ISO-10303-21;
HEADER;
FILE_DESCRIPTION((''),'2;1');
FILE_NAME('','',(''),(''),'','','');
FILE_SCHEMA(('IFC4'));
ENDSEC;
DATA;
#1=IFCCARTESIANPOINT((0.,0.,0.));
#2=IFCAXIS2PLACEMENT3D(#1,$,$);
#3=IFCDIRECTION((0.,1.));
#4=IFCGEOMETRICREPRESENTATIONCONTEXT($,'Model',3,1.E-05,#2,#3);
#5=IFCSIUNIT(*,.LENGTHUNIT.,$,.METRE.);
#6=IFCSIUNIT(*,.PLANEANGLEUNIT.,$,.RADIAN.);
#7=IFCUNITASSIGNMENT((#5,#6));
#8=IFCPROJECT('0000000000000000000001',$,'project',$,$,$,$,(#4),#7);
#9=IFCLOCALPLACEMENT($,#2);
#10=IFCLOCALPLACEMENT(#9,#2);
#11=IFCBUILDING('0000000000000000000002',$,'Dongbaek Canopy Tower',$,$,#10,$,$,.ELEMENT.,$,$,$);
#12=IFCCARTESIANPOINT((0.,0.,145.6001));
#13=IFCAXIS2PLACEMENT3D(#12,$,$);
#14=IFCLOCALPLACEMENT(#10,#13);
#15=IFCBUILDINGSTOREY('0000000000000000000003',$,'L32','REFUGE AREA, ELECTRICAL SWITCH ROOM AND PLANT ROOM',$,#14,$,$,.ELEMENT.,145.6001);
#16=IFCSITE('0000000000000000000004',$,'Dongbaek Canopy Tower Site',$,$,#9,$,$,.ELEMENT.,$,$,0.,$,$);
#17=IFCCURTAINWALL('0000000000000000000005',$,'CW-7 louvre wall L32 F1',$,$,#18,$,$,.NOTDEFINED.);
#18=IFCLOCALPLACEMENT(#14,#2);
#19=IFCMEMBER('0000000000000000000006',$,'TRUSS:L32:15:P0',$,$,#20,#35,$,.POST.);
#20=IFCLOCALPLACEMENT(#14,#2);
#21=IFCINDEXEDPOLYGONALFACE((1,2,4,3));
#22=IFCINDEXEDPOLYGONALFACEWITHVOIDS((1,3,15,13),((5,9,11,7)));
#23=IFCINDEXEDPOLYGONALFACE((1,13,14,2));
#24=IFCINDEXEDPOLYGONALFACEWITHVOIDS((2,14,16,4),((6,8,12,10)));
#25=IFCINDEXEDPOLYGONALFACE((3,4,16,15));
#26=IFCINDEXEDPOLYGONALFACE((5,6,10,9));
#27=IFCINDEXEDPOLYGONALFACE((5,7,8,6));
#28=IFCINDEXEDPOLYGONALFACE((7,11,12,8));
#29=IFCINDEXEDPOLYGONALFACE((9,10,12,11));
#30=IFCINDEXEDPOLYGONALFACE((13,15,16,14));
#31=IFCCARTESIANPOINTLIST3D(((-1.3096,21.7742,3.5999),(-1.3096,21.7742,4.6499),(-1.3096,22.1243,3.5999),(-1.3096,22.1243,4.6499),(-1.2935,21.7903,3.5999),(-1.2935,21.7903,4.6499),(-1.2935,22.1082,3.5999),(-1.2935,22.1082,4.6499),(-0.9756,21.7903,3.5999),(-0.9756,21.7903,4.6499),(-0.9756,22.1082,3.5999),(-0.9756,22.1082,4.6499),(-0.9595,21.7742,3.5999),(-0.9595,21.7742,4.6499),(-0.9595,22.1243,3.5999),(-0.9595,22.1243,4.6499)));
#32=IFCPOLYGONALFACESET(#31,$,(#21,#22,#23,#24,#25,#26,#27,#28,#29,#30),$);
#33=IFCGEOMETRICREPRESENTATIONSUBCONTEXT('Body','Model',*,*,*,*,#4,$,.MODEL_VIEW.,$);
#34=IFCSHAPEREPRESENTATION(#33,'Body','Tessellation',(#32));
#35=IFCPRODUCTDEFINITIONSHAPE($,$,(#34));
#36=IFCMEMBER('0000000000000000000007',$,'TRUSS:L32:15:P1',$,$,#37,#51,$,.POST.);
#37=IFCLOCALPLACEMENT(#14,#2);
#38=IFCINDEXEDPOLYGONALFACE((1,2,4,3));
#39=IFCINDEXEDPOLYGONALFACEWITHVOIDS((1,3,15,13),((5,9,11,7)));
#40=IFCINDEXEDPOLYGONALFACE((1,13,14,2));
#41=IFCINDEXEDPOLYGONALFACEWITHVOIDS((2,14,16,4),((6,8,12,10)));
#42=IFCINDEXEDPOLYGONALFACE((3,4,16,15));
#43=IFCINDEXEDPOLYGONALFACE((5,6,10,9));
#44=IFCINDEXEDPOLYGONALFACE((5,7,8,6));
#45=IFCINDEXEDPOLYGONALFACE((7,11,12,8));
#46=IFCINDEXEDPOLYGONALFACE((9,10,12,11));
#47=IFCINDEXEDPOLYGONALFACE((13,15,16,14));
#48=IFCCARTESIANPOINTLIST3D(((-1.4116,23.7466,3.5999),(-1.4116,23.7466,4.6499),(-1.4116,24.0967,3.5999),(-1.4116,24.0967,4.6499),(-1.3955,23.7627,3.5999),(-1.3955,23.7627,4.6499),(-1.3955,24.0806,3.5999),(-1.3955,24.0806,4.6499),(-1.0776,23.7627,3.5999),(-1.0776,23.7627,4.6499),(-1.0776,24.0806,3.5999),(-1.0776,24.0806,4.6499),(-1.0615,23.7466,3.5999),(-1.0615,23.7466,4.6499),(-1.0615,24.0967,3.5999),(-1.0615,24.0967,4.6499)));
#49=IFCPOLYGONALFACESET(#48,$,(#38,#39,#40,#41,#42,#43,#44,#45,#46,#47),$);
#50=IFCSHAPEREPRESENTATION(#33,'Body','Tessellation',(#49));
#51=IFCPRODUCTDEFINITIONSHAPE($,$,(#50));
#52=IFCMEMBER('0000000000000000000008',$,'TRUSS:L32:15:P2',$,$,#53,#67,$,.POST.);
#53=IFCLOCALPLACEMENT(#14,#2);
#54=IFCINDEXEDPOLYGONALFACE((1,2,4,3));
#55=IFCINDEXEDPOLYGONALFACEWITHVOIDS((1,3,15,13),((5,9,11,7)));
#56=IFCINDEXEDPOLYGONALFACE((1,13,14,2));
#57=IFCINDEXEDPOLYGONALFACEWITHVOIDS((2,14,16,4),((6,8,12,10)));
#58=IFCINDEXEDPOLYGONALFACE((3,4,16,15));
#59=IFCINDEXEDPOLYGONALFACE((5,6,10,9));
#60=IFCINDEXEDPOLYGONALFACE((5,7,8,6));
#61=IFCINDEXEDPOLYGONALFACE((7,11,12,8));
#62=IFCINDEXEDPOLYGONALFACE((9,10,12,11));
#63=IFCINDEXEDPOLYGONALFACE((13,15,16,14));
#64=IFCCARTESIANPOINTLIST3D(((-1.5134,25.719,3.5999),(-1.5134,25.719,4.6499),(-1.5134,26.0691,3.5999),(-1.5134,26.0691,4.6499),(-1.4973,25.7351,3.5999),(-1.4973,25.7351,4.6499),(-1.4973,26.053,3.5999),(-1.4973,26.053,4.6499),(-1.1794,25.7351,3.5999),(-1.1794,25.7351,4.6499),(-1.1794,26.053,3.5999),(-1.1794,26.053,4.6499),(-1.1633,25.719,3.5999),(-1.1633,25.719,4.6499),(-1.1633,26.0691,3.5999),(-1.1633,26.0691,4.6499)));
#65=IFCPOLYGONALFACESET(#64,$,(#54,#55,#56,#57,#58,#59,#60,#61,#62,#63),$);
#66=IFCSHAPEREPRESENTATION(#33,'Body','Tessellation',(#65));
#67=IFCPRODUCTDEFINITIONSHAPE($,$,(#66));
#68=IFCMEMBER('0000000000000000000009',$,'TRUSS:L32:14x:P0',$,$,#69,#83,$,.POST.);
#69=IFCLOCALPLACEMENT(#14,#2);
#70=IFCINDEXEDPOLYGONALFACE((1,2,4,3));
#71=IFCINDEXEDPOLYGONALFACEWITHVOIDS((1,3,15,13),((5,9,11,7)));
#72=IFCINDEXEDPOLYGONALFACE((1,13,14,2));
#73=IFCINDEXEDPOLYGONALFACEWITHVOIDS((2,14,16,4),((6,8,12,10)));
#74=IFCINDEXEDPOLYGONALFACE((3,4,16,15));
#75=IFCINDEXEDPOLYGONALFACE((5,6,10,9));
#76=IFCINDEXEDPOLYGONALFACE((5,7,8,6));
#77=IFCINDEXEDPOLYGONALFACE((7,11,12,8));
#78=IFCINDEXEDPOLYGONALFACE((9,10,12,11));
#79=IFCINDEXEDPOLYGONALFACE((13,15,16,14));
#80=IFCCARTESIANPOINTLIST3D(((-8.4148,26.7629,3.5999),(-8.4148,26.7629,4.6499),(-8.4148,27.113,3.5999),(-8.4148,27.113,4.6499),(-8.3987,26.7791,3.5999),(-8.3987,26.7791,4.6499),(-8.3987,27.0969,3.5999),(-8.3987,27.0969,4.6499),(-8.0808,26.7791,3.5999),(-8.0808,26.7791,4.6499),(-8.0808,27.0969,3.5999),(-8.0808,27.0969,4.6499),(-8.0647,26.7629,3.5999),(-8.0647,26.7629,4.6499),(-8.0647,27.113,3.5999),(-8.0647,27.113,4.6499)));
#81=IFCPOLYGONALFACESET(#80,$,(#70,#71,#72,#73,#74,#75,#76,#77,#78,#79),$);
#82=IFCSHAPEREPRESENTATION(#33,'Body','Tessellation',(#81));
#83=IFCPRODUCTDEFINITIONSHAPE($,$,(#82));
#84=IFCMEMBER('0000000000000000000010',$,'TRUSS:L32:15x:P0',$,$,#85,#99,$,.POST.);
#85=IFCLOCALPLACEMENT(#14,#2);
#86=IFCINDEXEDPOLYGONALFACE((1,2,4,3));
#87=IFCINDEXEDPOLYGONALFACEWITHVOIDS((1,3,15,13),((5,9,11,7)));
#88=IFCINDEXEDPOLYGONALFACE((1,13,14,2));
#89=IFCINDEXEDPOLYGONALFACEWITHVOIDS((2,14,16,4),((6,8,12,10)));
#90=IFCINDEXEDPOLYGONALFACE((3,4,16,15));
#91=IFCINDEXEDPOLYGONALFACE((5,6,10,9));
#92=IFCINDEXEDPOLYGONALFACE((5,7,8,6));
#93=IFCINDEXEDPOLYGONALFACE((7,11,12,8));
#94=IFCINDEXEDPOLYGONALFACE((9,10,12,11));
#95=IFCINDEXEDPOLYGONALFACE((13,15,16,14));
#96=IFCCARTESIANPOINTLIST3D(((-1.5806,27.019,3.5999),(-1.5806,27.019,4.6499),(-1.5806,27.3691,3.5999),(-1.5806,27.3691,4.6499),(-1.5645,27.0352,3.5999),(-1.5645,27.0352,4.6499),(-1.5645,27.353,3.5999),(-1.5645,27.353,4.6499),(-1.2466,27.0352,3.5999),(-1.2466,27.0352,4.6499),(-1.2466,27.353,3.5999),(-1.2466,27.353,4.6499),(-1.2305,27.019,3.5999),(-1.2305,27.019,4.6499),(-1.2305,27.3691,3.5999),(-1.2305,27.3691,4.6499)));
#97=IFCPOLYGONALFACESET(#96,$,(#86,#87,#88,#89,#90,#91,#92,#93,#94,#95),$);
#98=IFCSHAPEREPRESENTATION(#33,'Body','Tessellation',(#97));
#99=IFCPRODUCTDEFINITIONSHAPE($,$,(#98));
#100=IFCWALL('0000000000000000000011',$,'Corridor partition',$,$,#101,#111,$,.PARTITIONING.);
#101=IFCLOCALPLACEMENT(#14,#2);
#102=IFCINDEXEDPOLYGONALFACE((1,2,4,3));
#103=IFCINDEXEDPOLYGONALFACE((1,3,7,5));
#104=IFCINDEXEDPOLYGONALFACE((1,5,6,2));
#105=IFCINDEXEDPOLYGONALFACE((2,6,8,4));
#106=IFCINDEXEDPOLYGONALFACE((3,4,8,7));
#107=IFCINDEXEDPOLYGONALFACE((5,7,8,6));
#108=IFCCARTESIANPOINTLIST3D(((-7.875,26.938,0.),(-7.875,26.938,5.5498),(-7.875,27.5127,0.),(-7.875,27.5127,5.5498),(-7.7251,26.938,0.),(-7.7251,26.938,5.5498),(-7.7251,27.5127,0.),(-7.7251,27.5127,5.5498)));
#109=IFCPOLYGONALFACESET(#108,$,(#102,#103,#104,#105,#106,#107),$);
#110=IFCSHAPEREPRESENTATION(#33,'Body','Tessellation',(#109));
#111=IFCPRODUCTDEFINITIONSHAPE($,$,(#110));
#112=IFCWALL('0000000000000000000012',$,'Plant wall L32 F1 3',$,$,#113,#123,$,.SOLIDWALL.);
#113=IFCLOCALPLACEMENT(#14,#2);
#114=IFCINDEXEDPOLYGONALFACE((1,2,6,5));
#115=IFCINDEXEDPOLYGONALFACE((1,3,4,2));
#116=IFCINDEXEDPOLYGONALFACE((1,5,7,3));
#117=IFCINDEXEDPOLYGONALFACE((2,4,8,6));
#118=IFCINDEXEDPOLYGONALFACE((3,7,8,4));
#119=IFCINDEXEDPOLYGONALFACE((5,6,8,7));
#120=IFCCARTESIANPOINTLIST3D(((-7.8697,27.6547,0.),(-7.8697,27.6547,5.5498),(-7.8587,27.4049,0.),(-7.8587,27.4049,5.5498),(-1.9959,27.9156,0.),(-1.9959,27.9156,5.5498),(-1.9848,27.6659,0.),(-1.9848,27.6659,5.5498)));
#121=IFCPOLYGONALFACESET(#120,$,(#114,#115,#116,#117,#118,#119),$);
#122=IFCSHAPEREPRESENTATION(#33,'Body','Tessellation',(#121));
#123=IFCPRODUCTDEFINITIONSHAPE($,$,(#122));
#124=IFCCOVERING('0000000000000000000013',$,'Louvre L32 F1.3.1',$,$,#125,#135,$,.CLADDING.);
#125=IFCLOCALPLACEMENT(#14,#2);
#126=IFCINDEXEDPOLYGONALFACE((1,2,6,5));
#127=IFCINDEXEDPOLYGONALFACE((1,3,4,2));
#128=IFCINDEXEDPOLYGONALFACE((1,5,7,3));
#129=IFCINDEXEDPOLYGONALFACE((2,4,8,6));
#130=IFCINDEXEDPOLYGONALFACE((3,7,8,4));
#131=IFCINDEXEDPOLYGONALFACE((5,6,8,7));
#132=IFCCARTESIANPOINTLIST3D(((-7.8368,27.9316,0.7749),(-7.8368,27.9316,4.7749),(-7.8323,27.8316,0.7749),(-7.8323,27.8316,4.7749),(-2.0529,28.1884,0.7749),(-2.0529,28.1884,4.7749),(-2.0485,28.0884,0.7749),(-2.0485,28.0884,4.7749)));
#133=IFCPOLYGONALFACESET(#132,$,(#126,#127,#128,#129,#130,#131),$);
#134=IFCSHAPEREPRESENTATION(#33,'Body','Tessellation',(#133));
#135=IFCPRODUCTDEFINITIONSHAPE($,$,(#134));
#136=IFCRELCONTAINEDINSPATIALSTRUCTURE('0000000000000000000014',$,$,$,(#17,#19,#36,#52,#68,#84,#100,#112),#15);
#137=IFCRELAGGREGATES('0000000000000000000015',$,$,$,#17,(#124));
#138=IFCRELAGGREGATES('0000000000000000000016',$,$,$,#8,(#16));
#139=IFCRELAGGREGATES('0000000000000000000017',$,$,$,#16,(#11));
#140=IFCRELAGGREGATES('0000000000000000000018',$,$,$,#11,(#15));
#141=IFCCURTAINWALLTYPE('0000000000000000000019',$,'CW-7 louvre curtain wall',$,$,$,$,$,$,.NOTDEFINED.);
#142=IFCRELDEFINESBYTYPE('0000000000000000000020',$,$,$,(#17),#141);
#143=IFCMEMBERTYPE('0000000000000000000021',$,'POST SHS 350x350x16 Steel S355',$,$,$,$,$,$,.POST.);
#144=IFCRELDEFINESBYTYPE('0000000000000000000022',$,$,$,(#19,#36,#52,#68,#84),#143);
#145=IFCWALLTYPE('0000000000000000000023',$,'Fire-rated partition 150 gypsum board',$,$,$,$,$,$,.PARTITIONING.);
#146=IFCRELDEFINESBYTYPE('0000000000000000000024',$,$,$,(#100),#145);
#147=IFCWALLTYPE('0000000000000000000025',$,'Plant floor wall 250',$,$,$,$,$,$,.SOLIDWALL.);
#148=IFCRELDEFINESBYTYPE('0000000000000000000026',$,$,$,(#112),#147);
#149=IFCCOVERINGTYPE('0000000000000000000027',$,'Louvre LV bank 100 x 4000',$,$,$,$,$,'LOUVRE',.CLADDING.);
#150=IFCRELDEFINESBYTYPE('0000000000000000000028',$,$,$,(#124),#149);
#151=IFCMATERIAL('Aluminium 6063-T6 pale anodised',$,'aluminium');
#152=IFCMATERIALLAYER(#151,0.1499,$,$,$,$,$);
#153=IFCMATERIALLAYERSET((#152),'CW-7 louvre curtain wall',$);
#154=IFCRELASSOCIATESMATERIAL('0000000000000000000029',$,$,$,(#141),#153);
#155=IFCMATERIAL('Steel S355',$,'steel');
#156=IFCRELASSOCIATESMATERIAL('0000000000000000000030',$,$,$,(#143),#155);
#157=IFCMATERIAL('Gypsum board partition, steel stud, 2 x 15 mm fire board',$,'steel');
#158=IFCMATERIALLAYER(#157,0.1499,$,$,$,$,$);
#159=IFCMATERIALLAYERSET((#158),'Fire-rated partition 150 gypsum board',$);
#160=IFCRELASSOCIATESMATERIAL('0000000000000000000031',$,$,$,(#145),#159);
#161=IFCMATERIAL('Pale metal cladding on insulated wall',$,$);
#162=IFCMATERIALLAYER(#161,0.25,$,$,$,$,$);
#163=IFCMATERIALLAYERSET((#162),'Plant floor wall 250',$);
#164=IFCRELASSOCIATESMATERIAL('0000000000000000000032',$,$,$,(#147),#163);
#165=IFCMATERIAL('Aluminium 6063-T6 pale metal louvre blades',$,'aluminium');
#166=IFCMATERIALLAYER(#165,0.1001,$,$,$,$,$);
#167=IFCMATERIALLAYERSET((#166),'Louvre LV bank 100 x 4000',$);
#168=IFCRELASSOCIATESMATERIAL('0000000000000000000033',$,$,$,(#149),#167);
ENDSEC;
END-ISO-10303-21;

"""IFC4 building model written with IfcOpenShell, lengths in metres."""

from ifc_helpers import new_model, si_unit, direction, frame, frame_2d, origin, origin_2d, place, context, subcontext, project, spatial, rectangle, hollow_rectangle, extrude, material, layer, layer_set, material_profile, profile_set, type_object, element, aggregate, save


model = new_model("IFC4")

# Units and contexts
model_context = context("Model", 3, precision=1e-05, world=origin(), true_north=direction((0.0, 1.0)))
body_context = subcontext(model_context, "Body", "Model", "MODEL_VIEW")
ifc_project = project(units=[si_unit("LENGTHUNIT", "METRE"), si_unit("PLANEANGLEUNIT", "RADIAN")], contexts=[model_context])

# Site, building, storey
site_placement = place(None, origin())
site = spatial("IfcSite", under=ifc_project, at=site_placement, Name="Dongbaek Canopy Tower Site", CompositionType="ELEMENT", RefElevation=0.0)
building_placement = place(site_placement, origin())
building = spatial("IfcBuilding", under=site, at=building_placement, Name="Dongbaek Canopy Tower", CompositionType="ELEMENT")
storey_placement = place(building_placement, frame((0.0, 0.0, 145.6001)))
storey = spatial("IfcBuildingStorey", under=building, at=storey_placement, Name="L32", Description="REFUGE AREA, ELECTRICAL SWITCH ROOM AND PLANT ROOM", CompositionType="ELEMENT", Elevation=145.6001)

# Curtain wall
ifc_material_1 = material(Name="Aluminium 6063-T6 pale anodised", Category="aluminium")
ifc_layer_1 = layer(ifc_material_1, 0.1499)
ifc_layer_set_1 = layer_set([ifc_layer_1], Name="CW-7 louvre curtain wall")
curtain_wall_type = type_object("IfcCurtainWallType", Name="CW-7 louvre curtain wall", PredefinedType="NOTDEFINED", material=ifc_layer_set_1)
curtain_wall_placement = place(storey_placement, origin())
curtain_wall = element("IfcCurtainWall", 1, at=curtain_wall_placement, inside=storey, type_object=curtain_wall_type, Name="CW-7 louvre wall L32 F1", PredefinedType="NOTDEFINED")

# Members
ifc_material_2 = material(Name="Steel S355", Category="steel")
ifc_material_profile_1 = material_profile(ifc_material_2, hollow_rectangle(XDim=0.3501, YDim=0.3501, WallThickness=0.0161, at=origin_2d()), Name="POST SHS 350x350x16 Steel S355")
ifc_profile_set_1 = profile_set([ifc_material_profile_1], Name="Steel S355")
member_type_1 = type_object("IfcMemberType", Name="POST SHS 350x350x16 Steel S355", PredefinedType="POST", material=ifc_profile_set_1)
for number, where, z_axis, x_axis, name in (
    (2, (-1.1345, 21.9492, 3.5999), (0.0, 0.0, 1.0), (1.0, 0.0, 0.0), "TRUSS:L32:15:P0"),
    (3, (-1.2366, 23.9216, 3.5999), (0.0, 0.0, 1.0), (1.0, 0.0, 0.0), "TRUSS:L32:15:P1"),
    (4, (-1.3384, 25.894, 3.5999), (0.0, 0.0, 1.0), (1.0, 0.0, 0.0), "TRUSS:L32:15:P2"),
    (5, (-8.2397, 26.938, 3.5999), (0.0, 0.0, 1.0), (1.0, 0.0, 0.0), "TRUSS:L32:14x:P0"),
    (6, (-1.4055, 27.1941, 3.5999), (0.0, 0.0, 1.0), (1.0, 0.0, 0.0), "TRUSS:L32:15x:P0"),
):
    element("IfcMember", number, at=place(storey_placement, frame(where, z_axis=z_axis, x_axis=x_axis)), inside=storey, type_object=member_type_1, Name=name, PredefinedType="POST", context=body_context, shape_type="SweptSolid", body=[
        extrude(hollow_rectangle(XDim=0.3501, YDim=0.3501, WallThickness=0.0161, at=origin_2d()), origin(), (0.0, 0.0, 1.0), 1.05),
    ])

# Walls
ifc_material_3 = material(Name="Gypsum board partition, steel stud, 2 x 15 mm fire board", Category="steel")
ifc_layer_2 = layer(ifc_material_3, 0.1499)
ifc_layer_set_2 = layer_set([ifc_layer_2], Name="Fire-rated partition 150 gypsum board")
wall_type_1 = type_object("IfcWallType", Name="Fire-rated partition 150 gypsum board", PredefinedType="PARTITIONING", material=ifc_layer_set_2)
wall_1_placement = place(storey_placement, frame((-7.8, 26.938, 0.0), z_axis=(0.0, 0.0, 1.0), x_axis=(0.0, 1.0, 0.0)))
element("IfcWall", 7, at=wall_1_placement, inside=storey, type_object=wall_type_1, Name="Corridor partition", PredefinedType="PARTITIONING", context=body_context, shape_type="SweptSolid", body=[
    extrude(rectangle(XDim=0.5747, YDim=0.1499, at=frame_2d((0.2874, 0.0))), origin(), (0.0, 0.0, 1.0), 5.5498),
])
ifc_material_4 = material(Name="Pale metal cladding on insulated wall")
ifc_layer_3 = layer(ifc_material_4, 0.25)
ifc_layer_set_3 = layer_set([ifc_layer_3], Name="Plant floor wall 250")
wall_type_2 = type_object("IfcWallType", Name="Plant floor wall 250", PredefinedType="SOLIDWALL", material=ifc_layer_set_3)
wall_2_placement = place(storey_placement, frame((-1.9902, 27.7908, 0.0), z_axis=(0.0, 0.0, 1.0), x_axis=(-0.999014, -0.044389, 0.0)))
element("IfcWall", 8, at=wall_2_placement, inside=storey, type_object=wall_type_2, Name="Plant wall L32 F1 3", PredefinedType="SOLIDWALL", context=body_context, shape_type="SweptSolid", body=[
    extrude(rectangle(XDim=5.8796, YDim=0.25, at=frame_2d((2.9399, 0.0))), origin(), (0.0, 0.0, 1.0), 5.5498),
])

# Covering
ifc_material_5 = material(Name="Aluminium 6063-T6 pale metal louvre blades", Category="aluminium")
ifc_layer_4 = layer(ifc_material_5, 0.1001)
ifc_layer_set_4 = layer_set([ifc_layer_4], Name="Louvre LV bank 100 x 4000")
covering_type = type_object("IfcCoveringType", Name="Louvre LV bank 100 x 4000", ElementType="LOUVRE", PredefinedType="CLADDING", material=ifc_layer_set_4)
covering_placement = place(storey_placement, frame((-4.9426, 28.01, 0.7749), z_axis=(0.0, 0.0, 1.0), x_axis=(-0.999016, -0.04436, 0.0)))
covering = element("IfcCovering", 9, at=covering_placement, type_object=covering_type, Name="Louvre L32 F1.3.1", PredefinedType="CLADDING", context=body_context, shape_type="SweptSolid", body=[
    extrude(rectangle(XDim=5.7896, YDim=0.1001, at=origin_2d()), origin(), (0.0, 0.0, 1.0), 4.0),
])

aggregate(curtain_wall, [covering])

save(model, "model.ifc")
